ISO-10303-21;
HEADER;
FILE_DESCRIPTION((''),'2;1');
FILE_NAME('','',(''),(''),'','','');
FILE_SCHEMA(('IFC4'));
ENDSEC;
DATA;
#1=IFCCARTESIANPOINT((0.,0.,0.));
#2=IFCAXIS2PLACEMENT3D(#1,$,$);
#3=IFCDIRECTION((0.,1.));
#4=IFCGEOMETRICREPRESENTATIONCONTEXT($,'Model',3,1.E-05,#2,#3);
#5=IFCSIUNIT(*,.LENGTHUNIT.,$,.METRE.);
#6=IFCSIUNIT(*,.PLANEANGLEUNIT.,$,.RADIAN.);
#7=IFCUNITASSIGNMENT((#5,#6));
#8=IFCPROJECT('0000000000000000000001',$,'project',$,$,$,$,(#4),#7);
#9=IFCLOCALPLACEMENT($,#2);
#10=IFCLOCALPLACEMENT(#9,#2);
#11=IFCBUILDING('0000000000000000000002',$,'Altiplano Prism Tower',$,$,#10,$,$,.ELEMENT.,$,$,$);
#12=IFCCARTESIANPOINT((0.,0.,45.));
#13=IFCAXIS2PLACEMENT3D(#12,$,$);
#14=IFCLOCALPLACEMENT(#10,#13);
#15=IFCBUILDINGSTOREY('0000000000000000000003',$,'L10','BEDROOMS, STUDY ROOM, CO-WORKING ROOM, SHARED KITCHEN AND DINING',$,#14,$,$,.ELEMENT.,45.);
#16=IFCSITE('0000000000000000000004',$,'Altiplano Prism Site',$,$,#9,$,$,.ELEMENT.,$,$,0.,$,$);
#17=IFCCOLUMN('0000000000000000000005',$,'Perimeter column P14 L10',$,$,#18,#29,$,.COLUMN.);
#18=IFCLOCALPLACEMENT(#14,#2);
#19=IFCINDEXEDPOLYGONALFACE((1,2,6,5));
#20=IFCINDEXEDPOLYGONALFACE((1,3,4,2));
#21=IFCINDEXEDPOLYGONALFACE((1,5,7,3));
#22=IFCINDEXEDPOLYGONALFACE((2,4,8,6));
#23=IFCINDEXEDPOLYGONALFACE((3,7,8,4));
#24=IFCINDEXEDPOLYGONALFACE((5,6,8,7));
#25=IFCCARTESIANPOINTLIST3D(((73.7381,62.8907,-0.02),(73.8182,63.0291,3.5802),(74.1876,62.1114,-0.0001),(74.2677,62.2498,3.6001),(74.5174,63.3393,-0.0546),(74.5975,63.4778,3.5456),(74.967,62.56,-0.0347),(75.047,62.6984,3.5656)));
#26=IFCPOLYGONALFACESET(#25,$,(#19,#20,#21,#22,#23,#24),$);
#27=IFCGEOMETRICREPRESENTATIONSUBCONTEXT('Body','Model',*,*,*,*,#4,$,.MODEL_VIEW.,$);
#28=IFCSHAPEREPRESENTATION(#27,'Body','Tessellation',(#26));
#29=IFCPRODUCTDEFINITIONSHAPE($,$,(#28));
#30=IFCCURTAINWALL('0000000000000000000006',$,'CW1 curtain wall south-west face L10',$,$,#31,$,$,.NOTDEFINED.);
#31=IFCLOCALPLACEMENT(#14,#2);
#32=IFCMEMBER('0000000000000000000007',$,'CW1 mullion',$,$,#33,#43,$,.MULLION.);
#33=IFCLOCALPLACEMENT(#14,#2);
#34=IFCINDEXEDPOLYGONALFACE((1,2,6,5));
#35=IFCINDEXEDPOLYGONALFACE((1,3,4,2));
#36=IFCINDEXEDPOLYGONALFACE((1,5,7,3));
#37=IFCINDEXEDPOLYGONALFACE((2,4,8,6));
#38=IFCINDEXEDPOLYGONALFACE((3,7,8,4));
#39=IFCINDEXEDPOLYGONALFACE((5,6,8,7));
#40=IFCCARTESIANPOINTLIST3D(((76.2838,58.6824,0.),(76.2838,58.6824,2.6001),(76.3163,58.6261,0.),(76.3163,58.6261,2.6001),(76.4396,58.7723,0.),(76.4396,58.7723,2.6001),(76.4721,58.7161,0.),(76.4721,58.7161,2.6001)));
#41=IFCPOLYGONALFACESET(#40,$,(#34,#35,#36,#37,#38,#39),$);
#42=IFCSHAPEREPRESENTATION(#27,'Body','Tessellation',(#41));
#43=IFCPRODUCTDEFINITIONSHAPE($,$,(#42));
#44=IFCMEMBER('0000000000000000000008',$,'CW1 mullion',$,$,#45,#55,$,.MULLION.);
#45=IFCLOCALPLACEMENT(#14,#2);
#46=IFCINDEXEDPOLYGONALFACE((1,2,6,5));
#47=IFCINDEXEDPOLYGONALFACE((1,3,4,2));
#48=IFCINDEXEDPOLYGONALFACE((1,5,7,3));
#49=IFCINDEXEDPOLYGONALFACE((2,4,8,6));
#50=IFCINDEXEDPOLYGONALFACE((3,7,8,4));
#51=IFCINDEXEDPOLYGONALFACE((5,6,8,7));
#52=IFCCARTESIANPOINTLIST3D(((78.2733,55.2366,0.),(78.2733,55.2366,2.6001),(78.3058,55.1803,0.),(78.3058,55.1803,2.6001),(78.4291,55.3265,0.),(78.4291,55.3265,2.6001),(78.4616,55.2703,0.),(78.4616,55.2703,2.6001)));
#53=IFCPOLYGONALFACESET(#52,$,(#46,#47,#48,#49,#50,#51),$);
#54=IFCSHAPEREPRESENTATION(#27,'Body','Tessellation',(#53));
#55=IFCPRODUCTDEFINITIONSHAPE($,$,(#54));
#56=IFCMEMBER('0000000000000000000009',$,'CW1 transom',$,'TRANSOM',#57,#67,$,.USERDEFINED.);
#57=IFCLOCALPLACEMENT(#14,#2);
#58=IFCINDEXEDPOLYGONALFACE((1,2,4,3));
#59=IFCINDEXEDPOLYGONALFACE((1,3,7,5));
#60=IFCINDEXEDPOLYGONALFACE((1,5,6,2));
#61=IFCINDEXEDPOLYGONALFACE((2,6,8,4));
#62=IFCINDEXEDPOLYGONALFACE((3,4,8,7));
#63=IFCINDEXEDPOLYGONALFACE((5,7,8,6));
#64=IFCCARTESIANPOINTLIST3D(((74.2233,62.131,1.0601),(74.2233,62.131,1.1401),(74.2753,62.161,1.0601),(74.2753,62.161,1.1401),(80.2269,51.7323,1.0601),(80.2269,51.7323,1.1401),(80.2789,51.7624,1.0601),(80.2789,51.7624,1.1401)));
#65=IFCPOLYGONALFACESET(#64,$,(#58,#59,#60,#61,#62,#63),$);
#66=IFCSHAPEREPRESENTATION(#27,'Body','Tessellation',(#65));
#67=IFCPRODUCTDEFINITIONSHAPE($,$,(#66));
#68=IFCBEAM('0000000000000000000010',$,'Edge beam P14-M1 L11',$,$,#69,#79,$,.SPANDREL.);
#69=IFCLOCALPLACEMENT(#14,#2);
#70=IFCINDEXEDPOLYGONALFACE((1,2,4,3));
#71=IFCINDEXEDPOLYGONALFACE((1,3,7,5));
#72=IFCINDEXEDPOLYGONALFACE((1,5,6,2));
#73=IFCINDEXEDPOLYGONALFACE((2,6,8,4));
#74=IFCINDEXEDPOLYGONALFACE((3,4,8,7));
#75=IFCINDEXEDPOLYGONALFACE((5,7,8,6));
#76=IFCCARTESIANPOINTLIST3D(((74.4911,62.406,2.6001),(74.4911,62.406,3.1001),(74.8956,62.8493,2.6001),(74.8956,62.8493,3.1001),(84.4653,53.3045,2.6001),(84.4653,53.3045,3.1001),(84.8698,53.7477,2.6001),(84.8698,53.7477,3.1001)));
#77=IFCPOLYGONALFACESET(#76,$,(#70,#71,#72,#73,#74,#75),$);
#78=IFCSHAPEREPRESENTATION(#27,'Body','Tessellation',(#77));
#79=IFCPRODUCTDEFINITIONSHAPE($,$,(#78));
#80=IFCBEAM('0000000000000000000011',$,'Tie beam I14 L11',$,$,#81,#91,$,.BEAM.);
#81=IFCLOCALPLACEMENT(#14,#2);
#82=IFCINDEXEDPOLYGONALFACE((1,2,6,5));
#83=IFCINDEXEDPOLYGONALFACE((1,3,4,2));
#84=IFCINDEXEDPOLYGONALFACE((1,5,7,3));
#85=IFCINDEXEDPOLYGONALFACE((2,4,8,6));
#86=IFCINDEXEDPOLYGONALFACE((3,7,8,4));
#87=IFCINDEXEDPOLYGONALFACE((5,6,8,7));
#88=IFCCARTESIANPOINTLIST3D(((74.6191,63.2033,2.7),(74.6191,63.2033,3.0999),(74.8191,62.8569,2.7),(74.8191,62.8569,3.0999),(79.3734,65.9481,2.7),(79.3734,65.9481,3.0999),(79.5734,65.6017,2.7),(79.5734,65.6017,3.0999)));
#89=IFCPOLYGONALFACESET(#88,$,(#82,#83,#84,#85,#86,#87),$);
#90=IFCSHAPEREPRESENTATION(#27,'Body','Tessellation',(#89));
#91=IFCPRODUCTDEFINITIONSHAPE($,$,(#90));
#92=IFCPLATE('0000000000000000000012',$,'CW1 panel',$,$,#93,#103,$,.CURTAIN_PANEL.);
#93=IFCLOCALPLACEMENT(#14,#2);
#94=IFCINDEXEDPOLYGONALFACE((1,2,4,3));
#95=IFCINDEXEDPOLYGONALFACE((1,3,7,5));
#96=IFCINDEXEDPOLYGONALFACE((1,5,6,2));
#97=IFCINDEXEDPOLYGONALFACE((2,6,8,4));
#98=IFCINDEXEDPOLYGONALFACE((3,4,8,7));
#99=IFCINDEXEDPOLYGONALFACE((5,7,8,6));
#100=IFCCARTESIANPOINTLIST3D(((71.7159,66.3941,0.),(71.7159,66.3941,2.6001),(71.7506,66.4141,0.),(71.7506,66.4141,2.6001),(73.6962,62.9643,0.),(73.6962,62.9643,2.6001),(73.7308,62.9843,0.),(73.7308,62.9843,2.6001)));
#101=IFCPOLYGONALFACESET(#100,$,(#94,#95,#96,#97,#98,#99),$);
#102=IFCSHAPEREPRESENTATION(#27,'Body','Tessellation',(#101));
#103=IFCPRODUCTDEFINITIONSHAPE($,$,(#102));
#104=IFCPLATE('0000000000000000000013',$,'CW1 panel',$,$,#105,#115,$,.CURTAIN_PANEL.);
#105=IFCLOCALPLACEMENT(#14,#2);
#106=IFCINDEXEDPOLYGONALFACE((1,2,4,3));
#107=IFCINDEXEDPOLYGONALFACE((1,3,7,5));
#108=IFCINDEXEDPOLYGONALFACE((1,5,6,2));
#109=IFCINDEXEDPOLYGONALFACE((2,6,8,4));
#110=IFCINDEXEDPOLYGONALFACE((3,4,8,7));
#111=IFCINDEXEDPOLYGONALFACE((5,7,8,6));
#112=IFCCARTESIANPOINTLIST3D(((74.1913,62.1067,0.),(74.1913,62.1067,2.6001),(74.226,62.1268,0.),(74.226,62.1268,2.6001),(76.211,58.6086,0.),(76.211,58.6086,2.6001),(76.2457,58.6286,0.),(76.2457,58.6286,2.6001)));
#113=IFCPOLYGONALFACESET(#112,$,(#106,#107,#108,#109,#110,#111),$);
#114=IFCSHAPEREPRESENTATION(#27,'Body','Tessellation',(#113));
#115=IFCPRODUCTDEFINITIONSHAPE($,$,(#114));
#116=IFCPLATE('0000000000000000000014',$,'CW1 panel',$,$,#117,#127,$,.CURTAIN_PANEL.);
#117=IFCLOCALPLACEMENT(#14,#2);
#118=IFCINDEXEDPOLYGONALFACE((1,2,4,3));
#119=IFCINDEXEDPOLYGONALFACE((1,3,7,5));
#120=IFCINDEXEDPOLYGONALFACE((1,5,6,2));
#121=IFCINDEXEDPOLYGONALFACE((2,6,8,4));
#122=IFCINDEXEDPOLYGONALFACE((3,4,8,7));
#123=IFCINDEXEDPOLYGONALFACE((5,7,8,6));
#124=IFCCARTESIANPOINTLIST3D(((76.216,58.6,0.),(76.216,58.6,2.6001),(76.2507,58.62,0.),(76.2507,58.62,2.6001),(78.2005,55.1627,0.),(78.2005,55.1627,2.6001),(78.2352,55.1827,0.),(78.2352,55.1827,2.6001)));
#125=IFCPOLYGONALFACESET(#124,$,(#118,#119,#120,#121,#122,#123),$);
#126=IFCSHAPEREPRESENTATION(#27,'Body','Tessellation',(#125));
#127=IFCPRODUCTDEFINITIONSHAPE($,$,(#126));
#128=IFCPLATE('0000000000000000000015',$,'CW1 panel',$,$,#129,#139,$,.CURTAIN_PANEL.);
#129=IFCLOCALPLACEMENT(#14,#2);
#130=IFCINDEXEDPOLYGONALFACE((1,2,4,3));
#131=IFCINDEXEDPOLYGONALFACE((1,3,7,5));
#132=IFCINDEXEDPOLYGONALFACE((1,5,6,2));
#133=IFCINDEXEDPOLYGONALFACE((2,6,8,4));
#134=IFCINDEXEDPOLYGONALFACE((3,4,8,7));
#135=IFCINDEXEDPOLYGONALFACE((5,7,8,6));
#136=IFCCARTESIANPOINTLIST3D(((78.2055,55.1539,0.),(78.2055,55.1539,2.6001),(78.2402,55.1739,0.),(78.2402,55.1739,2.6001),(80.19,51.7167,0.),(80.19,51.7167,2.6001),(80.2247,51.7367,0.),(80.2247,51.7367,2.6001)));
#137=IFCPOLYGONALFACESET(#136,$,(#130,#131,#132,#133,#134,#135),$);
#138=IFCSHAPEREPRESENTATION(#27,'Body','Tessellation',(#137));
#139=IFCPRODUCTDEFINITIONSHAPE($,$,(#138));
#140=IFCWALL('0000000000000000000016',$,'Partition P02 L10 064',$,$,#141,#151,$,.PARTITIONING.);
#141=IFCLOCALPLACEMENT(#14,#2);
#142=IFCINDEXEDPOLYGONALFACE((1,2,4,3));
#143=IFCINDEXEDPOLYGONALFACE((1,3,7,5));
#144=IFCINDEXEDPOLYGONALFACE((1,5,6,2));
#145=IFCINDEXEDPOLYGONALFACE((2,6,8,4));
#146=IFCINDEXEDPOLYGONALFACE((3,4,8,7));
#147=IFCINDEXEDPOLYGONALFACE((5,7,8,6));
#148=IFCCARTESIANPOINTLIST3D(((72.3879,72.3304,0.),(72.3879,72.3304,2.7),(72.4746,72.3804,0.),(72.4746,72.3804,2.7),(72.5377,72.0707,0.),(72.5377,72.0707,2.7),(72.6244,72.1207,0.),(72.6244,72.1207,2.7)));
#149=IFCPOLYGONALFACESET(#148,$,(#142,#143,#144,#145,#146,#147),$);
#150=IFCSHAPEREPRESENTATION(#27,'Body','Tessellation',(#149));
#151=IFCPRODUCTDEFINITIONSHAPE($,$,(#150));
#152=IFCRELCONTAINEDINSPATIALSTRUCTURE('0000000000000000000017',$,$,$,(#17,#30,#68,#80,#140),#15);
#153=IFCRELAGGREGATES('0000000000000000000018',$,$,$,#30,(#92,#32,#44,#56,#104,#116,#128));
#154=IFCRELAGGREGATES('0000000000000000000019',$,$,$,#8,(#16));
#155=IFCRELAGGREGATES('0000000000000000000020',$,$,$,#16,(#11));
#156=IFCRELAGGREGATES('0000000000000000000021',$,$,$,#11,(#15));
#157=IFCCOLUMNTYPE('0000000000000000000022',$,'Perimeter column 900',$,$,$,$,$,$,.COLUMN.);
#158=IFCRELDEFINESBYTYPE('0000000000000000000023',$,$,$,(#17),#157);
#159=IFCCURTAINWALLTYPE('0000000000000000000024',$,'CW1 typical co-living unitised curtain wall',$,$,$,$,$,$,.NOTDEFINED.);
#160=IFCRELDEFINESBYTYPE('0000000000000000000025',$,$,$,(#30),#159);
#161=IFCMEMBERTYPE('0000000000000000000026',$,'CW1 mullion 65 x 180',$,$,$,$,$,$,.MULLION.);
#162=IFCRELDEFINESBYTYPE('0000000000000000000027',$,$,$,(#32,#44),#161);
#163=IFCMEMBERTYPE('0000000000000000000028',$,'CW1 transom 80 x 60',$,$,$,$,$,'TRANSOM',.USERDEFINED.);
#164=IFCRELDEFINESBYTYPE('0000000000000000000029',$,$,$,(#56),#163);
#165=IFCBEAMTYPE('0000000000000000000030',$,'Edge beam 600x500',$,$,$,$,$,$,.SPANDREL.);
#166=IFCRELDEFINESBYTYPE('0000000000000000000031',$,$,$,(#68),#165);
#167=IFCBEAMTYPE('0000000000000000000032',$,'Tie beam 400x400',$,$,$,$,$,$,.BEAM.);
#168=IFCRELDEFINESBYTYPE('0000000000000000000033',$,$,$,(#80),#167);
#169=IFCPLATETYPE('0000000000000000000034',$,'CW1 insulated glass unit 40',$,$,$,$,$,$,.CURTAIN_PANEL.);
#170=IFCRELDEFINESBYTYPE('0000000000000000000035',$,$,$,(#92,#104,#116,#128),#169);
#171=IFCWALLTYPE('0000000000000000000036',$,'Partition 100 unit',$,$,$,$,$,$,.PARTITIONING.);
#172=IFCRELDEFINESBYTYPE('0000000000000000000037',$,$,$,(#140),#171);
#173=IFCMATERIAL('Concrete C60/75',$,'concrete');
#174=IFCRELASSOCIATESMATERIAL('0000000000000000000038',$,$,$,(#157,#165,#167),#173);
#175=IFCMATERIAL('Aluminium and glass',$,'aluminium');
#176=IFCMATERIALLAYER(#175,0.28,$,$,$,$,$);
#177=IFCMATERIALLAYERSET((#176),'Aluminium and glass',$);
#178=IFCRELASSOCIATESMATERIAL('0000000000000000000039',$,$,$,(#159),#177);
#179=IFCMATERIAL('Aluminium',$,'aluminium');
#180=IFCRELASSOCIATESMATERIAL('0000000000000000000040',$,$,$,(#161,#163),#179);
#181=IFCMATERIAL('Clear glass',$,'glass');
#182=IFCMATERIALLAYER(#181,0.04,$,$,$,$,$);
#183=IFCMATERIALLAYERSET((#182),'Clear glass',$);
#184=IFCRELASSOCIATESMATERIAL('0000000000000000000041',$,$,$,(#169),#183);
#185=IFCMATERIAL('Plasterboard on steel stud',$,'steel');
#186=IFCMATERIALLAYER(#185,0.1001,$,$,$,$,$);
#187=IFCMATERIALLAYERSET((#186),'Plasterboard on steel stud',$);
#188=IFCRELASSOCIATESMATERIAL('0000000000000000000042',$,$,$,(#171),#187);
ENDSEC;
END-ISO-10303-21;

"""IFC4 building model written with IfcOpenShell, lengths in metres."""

from ifc_helpers import new_model, si_unit, direction, frame, frame_2d, origin, origin_2d, place, context, subcontext, project, spatial, rectangle, extrude, material, layer, layer_set, material_profile, profile_set, type_object, element, aggregate, save


model = new_model("IFC4")

# Units and contexts
model_context = context("Model", 3, precision=1e-05, world=origin(), true_north=direction((0.0, 1.0)))
body_context = subcontext(model_context, "Body", "Model", "MODEL_VIEW")
ifc_project = project(units=[si_unit("LENGTHUNIT", "METRE"), si_unit("PLANEANGLEUNIT", "RADIAN")], contexts=[model_context])

# Site, building, storey
site_placement = place(None, origin())
site = spatial("IfcSite", under=ifc_project, at=site_placement, Name="Altiplano Prism Site", CompositionType="ELEMENT", RefElevation=0.0)
building_placement = place(site_placement, origin())
building = spatial("IfcBuilding", under=site, at=building_placement, Name="Altiplano Prism Tower", CompositionType="ELEMENT")
storey_placement = place(building_placement, frame((0.0, 0.0, 45.0)))
storey = spatial("IfcBuildingStorey", under=building, at=storey_placement, Name="L10", Description="BEDROOMS, STUDY ROOM, CO-WORKING ROOM, SHARED KITCHEN AND DINING", CompositionType="ELEMENT", Elevation=45.0)

# Column
ifc_material_1 = material(Name="Concrete C60/75", Category="concrete")
ifc_material_profile_1 = material_profile(ifc_material_1, rectangle(XDim=0.8999, YDim=0.8999, at=origin_2d()), Name="Perimeter column 900")
ifc_profile_set_1 = profile_set([ifc_material_profile_1], Name="Concrete C60/75")
column_type = type_object("IfcColumnType", Name="Perimeter column 900", PredefinedType="COLUMN", material=ifc_profile_set_1)
column_placement = place(storey_placement, frame((74.3525, 62.7253, -0.0273), z_axis=(0.022221, 0.038413, 0.999015), x_axis=(-0.86602, -0.49853, 0.038432)))
element("IfcColumn", 1, at=column_placement, inside=storey, type_object=column_type, Name="Perimeter column P14 L10", PredefinedType="COLUMN", context=body_context, shape_type="SweptSolid", body=[
    extrude(rectangle(XDim=0.8999, YDim=0.8999, at=origin_2d()), origin(), (0.0, 0.0, 1.0), 3.6038),
])

# Curtain wall, members
ifc_material_2 = material(Name="Aluminium and glass", Category="aluminium")
ifc_layer_1 = layer(ifc_material_2, 0.28)
ifc_layer_set_1 = layer_set([ifc_layer_1], Name="Aluminium and glass")
curtain_wall_type = type_object("IfcCurtainWallType", Name="CW1 typical co-living unitised curtain wall", PredefinedType="NOTDEFINED", material=ifc_layer_set_1)
curtain_wall_placement = place(storey_placement, origin())
curtain_wall = element("IfcCurtainWall", 2, at=curtain_wall_placement, inside=storey, type_object=curtain_wall_type, Name="CW1 curtain wall south-west face L10", PredefinedType="NOTDEFINED")
ifc_material_3 = material(Name="Aluminium", Category="aluminium")
ifc_material_profile_2 = material_profile(ifc_material_3, rectangle(XDim=0.1799, YDim=0.0649, at=origin_2d()), Name="CW1 mullion 65 x 180")
ifc_profile_set_2 = profile_set([ifc_material_profile_2], Name="Aluminium")
member_type_1 = type_object("IfcMemberType", Name="CW1 mullion 65 x 180", PredefinedType="MULLION", material=ifc_profile_set_2)
member_1_placement = place(storey_placement, frame((76.3779, 58.6992, 0.0), z_axis=(0.0, 0.0, 1.0), x_axis=(0.866025, 0.5, 0.0)))
member_1 = element("IfcMember", 3, at=member_1_placement, type_object=member_type_1, Name="CW1 mullion", PredefinedType="MULLION", context=body_context, shape_type="SweptSolid", body=[
    extrude(rectangle(XDim=0.1799, YDim=0.0649, at=origin_2d()), origin(), (0.0, 0.0, 1.0), 2.6001),
])
member_2_placement = place(storey_placement, frame((78.3674, 55.2534, 0.0), z_axis=(0.0, 0.0, 1.0), x_axis=(0.866025, 0.5, 0.0)))
member_2 = element("IfcMember", 4, at=member_2_placement, type_object=member_type_1, Name="CW1 mullion", PredefinedType="MULLION", context=body_context, shape_type="SweptSolid", body=[
    extrude(rectangle(XDim=0.1799, YDim=0.0649, at=origin_2d()), origin(), (0.0, 0.0, 1.0), 2.6001),
])
ifc_material_profile_3 = material_profile(ifc_material_3, rectangle(XDim=0.0601, YDim=0.0801, at=origin_2d()), Name="CW1 transom 80 x 60")
ifc_profile_set_3 = profile_set([ifc_material_profile_3], Name="Aluminium")
member_type_2 = type_object("IfcMemberType", Name="CW1 transom 80 x 60", ElementType="TRANSOM", PredefinedType="USERDEFINED", material=ifc_profile_set_3)
member_3_placement = place(storey_placement, frame((74.2493, 62.146, 1.1001), z_axis=(0.499999, -0.866026, 0.0), x_axis=(0.866026, 0.499999, 0.0)))
member_3 = element("IfcMember", 5, at=member_3_placement, type_object=member_type_2, Name="CW1 transom", ObjectType="TRANSOM", PredefinedType="USERDEFINED", context=body_context, shape_type="SweptSolid", body=[
    extrude(rectangle(XDim=0.0601, YDim=0.0801, at=origin_2d()), origin(), (0.0, 0.0, 1.0), 12.0073),
])

# Beams
ifc_material_profile_4 = material_profile(ifc_material_1, rectangle(XDim=0.6001, YDim=0.5, at=origin_2d()), Name="Edge beam 600x500")
ifc_profile_set_4 = profile_set([ifc_material_profile_4], Name="Concrete C60/75")
beam_type_1 = type_object("IfcBeamType", Name="Edge beam 600x500", PredefinedType="SPANDREL", material=ifc_profile_set_4)
beam_1_placement = place(storey_placement, frame((74.6934, 62.6277, 2.8501), z_axis=(0.738679, -0.674058, 0.0), x_axis=(0.674058, 0.738679, 0.0)))
element("IfcBeam", 6, at=beam_1_placement, inside=storey, type_object=beam_type_1, Name="Edge beam P14-M1 L11", PredefinedType="SPANDREL", context=body_context, shape_type="SweptSolid", body=[
    extrude(rectangle(XDim=0.6001, YDim=0.5, at=origin_2d()), origin(), (0.0, 0.0, 1.0), 13.5027),
])
ifc_material_profile_5 = material_profile(ifc_material_1, rectangle(XDim=0.3999, YDim=0.3999, at=origin_2d()), Name="Tie beam 400x400")
ifc_profile_set_5 = profile_set([ifc_material_profile_5], Name="Concrete C60/75")
beam_type_2 = type_object("IfcBeamType", Name="Tie beam 400x400", PredefinedType="BEAM", material=ifc_profile_set_5)
beam_2_placement = place(storey_placement, frame((79.4734, 65.7749, 2.8999), z_axis=(-0.866032, -0.499989, 0.0), x_axis=(0.499989, -0.866032, 0.0)))
element("IfcBeam", 7, at=beam_2_placement, inside=storey, type_object=beam_type_2, Name="Tie beam I14 L11", PredefinedType="BEAM", context=body_context, shape_type="SweptSolid", body=[
    extrude(rectangle(XDim=0.3999, YDim=0.3999, at=origin_2d()), origin(), (0.0, 0.0, 1.0), 5.4897),
])

# Plates
ifc_material_4 = material(Name="Clear glass", Category="glass")
ifc_layer_2 = layer(ifc_material_4, 0.04)
ifc_layer_set_2 = layer_set([ifc_layer_2], Name="Clear glass")
plate_type = type_object("IfcPlateType", Name="CW1 insulated glass unit 40", PredefinedType="CURTAIN_PANEL", material=ifc_layer_set_2)
plate_1_placement = place(storey_placement, frame((72.7234, 64.6892, 0.0), z_axis=(0.0, 0.0, 1.0), x_axis=(0.5, -0.866025, 0.0)))
plate_1 = element("IfcPlate", 8, at=plate_1_placement, type_object=plate_type, Name="CW1 panel", PredefinedType="CURTAIN_PANEL", context=body_context, shape_type="SweptSolid", body=[
    extrude(rectangle(XDim=3.9604, YDim=0.04, at=origin_2d()), origin(), (0.0, 0.0, 1.0), 2.6001),
])
plate_2_placement = place(storey_placement, frame((75.2185, 60.3677, 0.0), z_axis=(0.0, 0.0, 1.0), x_axis=(0.5, -0.866025, 0.0)))
plate_2 = element("IfcPlate", 9, at=plate_2_placement, type_object=plate_type, Name="CW1 panel", PredefinedType="CURTAIN_PANEL", context=body_context, shape_type="SweptSolid", body=[
    extrude(rectangle(XDim=4.0393, YDim=0.04, at=origin_2d()), origin(), (0.0, 0.0, 1.0), 2.6001),
])
plate_3_placement = place(storey_placement, frame((77.2256, 56.8914, 0.0), z_axis=(0.0, 0.0, 1.0), x_axis=(0.5, -0.866025, 0.0)))
plate_3 = element("IfcPlate", 10, at=plate_3_placement, type_object=plate_type, Name="CW1 panel", PredefinedType="CURTAIN_PANEL", context=body_context, shape_type="SweptSolid", body=[
    extrude(rectangle(XDim=3.969, YDim=0.04, at=origin_2d()), origin(), (0.0, 0.0, 1.0), 2.6001),
])
plate_4_placement = place(storey_placement, frame((79.2151, 53.4453, 0.0), z_axis=(0.0, 0.0, 1.0), x_axis=(0.5, -0.866025, 0.0)))
plate_4 = element("IfcPlate", 11, at=plate_4_placement, type_object=plate_type, Name="CW1 panel", PredefinedType="CURTAIN_PANEL", context=body_context, shape_type="SweptSolid", body=[
    extrude(rectangle(XDim=3.969, YDim=0.04, at=origin_2d()), origin(), (0.0, 0.0, 1.0), 2.6001),
])
aggregate(curtain_wall, [plate_1, member_1, member_2, member_3, plate_2, plate_3, plate_4])

# Wall
ifc_material_5 = material(Name="Plasterboard on steel stud", Category="steel")
ifc_layer_3 = layer(ifc_material_5, 0.1001)
ifc_layer_set_3 = layer_set([ifc_layer_3], Name="Plasterboard on steel stud")
wall_type_1 = type_object("IfcWallType", Name="Partition 100 unit", PredefinedType="PARTITIONING", material=ifc_layer_set_3)
wall_1_placement = place(storey_placement, frame((72.5811, 72.0957, 0.0), z_axis=(0.0, 0.0, 1.0), x_axis=(-0.499816, 0.866131, 0.0)))
element("IfcWall", 12, at=wall_1_placement, inside=storey, type_object=wall_type_1, Name="Partition P02 L10 064", PredefinedType="PARTITIONING", context=body_context, shape_type="SweptSolid", body=[
    extrude(rectangle(XDim=0.2998, YDim=0.1001, at=frame_2d((0.1499, 0.0))), origin(), (0.0, 0.0, 1.0), 2.7),
])

save(model, "model.ifc")
